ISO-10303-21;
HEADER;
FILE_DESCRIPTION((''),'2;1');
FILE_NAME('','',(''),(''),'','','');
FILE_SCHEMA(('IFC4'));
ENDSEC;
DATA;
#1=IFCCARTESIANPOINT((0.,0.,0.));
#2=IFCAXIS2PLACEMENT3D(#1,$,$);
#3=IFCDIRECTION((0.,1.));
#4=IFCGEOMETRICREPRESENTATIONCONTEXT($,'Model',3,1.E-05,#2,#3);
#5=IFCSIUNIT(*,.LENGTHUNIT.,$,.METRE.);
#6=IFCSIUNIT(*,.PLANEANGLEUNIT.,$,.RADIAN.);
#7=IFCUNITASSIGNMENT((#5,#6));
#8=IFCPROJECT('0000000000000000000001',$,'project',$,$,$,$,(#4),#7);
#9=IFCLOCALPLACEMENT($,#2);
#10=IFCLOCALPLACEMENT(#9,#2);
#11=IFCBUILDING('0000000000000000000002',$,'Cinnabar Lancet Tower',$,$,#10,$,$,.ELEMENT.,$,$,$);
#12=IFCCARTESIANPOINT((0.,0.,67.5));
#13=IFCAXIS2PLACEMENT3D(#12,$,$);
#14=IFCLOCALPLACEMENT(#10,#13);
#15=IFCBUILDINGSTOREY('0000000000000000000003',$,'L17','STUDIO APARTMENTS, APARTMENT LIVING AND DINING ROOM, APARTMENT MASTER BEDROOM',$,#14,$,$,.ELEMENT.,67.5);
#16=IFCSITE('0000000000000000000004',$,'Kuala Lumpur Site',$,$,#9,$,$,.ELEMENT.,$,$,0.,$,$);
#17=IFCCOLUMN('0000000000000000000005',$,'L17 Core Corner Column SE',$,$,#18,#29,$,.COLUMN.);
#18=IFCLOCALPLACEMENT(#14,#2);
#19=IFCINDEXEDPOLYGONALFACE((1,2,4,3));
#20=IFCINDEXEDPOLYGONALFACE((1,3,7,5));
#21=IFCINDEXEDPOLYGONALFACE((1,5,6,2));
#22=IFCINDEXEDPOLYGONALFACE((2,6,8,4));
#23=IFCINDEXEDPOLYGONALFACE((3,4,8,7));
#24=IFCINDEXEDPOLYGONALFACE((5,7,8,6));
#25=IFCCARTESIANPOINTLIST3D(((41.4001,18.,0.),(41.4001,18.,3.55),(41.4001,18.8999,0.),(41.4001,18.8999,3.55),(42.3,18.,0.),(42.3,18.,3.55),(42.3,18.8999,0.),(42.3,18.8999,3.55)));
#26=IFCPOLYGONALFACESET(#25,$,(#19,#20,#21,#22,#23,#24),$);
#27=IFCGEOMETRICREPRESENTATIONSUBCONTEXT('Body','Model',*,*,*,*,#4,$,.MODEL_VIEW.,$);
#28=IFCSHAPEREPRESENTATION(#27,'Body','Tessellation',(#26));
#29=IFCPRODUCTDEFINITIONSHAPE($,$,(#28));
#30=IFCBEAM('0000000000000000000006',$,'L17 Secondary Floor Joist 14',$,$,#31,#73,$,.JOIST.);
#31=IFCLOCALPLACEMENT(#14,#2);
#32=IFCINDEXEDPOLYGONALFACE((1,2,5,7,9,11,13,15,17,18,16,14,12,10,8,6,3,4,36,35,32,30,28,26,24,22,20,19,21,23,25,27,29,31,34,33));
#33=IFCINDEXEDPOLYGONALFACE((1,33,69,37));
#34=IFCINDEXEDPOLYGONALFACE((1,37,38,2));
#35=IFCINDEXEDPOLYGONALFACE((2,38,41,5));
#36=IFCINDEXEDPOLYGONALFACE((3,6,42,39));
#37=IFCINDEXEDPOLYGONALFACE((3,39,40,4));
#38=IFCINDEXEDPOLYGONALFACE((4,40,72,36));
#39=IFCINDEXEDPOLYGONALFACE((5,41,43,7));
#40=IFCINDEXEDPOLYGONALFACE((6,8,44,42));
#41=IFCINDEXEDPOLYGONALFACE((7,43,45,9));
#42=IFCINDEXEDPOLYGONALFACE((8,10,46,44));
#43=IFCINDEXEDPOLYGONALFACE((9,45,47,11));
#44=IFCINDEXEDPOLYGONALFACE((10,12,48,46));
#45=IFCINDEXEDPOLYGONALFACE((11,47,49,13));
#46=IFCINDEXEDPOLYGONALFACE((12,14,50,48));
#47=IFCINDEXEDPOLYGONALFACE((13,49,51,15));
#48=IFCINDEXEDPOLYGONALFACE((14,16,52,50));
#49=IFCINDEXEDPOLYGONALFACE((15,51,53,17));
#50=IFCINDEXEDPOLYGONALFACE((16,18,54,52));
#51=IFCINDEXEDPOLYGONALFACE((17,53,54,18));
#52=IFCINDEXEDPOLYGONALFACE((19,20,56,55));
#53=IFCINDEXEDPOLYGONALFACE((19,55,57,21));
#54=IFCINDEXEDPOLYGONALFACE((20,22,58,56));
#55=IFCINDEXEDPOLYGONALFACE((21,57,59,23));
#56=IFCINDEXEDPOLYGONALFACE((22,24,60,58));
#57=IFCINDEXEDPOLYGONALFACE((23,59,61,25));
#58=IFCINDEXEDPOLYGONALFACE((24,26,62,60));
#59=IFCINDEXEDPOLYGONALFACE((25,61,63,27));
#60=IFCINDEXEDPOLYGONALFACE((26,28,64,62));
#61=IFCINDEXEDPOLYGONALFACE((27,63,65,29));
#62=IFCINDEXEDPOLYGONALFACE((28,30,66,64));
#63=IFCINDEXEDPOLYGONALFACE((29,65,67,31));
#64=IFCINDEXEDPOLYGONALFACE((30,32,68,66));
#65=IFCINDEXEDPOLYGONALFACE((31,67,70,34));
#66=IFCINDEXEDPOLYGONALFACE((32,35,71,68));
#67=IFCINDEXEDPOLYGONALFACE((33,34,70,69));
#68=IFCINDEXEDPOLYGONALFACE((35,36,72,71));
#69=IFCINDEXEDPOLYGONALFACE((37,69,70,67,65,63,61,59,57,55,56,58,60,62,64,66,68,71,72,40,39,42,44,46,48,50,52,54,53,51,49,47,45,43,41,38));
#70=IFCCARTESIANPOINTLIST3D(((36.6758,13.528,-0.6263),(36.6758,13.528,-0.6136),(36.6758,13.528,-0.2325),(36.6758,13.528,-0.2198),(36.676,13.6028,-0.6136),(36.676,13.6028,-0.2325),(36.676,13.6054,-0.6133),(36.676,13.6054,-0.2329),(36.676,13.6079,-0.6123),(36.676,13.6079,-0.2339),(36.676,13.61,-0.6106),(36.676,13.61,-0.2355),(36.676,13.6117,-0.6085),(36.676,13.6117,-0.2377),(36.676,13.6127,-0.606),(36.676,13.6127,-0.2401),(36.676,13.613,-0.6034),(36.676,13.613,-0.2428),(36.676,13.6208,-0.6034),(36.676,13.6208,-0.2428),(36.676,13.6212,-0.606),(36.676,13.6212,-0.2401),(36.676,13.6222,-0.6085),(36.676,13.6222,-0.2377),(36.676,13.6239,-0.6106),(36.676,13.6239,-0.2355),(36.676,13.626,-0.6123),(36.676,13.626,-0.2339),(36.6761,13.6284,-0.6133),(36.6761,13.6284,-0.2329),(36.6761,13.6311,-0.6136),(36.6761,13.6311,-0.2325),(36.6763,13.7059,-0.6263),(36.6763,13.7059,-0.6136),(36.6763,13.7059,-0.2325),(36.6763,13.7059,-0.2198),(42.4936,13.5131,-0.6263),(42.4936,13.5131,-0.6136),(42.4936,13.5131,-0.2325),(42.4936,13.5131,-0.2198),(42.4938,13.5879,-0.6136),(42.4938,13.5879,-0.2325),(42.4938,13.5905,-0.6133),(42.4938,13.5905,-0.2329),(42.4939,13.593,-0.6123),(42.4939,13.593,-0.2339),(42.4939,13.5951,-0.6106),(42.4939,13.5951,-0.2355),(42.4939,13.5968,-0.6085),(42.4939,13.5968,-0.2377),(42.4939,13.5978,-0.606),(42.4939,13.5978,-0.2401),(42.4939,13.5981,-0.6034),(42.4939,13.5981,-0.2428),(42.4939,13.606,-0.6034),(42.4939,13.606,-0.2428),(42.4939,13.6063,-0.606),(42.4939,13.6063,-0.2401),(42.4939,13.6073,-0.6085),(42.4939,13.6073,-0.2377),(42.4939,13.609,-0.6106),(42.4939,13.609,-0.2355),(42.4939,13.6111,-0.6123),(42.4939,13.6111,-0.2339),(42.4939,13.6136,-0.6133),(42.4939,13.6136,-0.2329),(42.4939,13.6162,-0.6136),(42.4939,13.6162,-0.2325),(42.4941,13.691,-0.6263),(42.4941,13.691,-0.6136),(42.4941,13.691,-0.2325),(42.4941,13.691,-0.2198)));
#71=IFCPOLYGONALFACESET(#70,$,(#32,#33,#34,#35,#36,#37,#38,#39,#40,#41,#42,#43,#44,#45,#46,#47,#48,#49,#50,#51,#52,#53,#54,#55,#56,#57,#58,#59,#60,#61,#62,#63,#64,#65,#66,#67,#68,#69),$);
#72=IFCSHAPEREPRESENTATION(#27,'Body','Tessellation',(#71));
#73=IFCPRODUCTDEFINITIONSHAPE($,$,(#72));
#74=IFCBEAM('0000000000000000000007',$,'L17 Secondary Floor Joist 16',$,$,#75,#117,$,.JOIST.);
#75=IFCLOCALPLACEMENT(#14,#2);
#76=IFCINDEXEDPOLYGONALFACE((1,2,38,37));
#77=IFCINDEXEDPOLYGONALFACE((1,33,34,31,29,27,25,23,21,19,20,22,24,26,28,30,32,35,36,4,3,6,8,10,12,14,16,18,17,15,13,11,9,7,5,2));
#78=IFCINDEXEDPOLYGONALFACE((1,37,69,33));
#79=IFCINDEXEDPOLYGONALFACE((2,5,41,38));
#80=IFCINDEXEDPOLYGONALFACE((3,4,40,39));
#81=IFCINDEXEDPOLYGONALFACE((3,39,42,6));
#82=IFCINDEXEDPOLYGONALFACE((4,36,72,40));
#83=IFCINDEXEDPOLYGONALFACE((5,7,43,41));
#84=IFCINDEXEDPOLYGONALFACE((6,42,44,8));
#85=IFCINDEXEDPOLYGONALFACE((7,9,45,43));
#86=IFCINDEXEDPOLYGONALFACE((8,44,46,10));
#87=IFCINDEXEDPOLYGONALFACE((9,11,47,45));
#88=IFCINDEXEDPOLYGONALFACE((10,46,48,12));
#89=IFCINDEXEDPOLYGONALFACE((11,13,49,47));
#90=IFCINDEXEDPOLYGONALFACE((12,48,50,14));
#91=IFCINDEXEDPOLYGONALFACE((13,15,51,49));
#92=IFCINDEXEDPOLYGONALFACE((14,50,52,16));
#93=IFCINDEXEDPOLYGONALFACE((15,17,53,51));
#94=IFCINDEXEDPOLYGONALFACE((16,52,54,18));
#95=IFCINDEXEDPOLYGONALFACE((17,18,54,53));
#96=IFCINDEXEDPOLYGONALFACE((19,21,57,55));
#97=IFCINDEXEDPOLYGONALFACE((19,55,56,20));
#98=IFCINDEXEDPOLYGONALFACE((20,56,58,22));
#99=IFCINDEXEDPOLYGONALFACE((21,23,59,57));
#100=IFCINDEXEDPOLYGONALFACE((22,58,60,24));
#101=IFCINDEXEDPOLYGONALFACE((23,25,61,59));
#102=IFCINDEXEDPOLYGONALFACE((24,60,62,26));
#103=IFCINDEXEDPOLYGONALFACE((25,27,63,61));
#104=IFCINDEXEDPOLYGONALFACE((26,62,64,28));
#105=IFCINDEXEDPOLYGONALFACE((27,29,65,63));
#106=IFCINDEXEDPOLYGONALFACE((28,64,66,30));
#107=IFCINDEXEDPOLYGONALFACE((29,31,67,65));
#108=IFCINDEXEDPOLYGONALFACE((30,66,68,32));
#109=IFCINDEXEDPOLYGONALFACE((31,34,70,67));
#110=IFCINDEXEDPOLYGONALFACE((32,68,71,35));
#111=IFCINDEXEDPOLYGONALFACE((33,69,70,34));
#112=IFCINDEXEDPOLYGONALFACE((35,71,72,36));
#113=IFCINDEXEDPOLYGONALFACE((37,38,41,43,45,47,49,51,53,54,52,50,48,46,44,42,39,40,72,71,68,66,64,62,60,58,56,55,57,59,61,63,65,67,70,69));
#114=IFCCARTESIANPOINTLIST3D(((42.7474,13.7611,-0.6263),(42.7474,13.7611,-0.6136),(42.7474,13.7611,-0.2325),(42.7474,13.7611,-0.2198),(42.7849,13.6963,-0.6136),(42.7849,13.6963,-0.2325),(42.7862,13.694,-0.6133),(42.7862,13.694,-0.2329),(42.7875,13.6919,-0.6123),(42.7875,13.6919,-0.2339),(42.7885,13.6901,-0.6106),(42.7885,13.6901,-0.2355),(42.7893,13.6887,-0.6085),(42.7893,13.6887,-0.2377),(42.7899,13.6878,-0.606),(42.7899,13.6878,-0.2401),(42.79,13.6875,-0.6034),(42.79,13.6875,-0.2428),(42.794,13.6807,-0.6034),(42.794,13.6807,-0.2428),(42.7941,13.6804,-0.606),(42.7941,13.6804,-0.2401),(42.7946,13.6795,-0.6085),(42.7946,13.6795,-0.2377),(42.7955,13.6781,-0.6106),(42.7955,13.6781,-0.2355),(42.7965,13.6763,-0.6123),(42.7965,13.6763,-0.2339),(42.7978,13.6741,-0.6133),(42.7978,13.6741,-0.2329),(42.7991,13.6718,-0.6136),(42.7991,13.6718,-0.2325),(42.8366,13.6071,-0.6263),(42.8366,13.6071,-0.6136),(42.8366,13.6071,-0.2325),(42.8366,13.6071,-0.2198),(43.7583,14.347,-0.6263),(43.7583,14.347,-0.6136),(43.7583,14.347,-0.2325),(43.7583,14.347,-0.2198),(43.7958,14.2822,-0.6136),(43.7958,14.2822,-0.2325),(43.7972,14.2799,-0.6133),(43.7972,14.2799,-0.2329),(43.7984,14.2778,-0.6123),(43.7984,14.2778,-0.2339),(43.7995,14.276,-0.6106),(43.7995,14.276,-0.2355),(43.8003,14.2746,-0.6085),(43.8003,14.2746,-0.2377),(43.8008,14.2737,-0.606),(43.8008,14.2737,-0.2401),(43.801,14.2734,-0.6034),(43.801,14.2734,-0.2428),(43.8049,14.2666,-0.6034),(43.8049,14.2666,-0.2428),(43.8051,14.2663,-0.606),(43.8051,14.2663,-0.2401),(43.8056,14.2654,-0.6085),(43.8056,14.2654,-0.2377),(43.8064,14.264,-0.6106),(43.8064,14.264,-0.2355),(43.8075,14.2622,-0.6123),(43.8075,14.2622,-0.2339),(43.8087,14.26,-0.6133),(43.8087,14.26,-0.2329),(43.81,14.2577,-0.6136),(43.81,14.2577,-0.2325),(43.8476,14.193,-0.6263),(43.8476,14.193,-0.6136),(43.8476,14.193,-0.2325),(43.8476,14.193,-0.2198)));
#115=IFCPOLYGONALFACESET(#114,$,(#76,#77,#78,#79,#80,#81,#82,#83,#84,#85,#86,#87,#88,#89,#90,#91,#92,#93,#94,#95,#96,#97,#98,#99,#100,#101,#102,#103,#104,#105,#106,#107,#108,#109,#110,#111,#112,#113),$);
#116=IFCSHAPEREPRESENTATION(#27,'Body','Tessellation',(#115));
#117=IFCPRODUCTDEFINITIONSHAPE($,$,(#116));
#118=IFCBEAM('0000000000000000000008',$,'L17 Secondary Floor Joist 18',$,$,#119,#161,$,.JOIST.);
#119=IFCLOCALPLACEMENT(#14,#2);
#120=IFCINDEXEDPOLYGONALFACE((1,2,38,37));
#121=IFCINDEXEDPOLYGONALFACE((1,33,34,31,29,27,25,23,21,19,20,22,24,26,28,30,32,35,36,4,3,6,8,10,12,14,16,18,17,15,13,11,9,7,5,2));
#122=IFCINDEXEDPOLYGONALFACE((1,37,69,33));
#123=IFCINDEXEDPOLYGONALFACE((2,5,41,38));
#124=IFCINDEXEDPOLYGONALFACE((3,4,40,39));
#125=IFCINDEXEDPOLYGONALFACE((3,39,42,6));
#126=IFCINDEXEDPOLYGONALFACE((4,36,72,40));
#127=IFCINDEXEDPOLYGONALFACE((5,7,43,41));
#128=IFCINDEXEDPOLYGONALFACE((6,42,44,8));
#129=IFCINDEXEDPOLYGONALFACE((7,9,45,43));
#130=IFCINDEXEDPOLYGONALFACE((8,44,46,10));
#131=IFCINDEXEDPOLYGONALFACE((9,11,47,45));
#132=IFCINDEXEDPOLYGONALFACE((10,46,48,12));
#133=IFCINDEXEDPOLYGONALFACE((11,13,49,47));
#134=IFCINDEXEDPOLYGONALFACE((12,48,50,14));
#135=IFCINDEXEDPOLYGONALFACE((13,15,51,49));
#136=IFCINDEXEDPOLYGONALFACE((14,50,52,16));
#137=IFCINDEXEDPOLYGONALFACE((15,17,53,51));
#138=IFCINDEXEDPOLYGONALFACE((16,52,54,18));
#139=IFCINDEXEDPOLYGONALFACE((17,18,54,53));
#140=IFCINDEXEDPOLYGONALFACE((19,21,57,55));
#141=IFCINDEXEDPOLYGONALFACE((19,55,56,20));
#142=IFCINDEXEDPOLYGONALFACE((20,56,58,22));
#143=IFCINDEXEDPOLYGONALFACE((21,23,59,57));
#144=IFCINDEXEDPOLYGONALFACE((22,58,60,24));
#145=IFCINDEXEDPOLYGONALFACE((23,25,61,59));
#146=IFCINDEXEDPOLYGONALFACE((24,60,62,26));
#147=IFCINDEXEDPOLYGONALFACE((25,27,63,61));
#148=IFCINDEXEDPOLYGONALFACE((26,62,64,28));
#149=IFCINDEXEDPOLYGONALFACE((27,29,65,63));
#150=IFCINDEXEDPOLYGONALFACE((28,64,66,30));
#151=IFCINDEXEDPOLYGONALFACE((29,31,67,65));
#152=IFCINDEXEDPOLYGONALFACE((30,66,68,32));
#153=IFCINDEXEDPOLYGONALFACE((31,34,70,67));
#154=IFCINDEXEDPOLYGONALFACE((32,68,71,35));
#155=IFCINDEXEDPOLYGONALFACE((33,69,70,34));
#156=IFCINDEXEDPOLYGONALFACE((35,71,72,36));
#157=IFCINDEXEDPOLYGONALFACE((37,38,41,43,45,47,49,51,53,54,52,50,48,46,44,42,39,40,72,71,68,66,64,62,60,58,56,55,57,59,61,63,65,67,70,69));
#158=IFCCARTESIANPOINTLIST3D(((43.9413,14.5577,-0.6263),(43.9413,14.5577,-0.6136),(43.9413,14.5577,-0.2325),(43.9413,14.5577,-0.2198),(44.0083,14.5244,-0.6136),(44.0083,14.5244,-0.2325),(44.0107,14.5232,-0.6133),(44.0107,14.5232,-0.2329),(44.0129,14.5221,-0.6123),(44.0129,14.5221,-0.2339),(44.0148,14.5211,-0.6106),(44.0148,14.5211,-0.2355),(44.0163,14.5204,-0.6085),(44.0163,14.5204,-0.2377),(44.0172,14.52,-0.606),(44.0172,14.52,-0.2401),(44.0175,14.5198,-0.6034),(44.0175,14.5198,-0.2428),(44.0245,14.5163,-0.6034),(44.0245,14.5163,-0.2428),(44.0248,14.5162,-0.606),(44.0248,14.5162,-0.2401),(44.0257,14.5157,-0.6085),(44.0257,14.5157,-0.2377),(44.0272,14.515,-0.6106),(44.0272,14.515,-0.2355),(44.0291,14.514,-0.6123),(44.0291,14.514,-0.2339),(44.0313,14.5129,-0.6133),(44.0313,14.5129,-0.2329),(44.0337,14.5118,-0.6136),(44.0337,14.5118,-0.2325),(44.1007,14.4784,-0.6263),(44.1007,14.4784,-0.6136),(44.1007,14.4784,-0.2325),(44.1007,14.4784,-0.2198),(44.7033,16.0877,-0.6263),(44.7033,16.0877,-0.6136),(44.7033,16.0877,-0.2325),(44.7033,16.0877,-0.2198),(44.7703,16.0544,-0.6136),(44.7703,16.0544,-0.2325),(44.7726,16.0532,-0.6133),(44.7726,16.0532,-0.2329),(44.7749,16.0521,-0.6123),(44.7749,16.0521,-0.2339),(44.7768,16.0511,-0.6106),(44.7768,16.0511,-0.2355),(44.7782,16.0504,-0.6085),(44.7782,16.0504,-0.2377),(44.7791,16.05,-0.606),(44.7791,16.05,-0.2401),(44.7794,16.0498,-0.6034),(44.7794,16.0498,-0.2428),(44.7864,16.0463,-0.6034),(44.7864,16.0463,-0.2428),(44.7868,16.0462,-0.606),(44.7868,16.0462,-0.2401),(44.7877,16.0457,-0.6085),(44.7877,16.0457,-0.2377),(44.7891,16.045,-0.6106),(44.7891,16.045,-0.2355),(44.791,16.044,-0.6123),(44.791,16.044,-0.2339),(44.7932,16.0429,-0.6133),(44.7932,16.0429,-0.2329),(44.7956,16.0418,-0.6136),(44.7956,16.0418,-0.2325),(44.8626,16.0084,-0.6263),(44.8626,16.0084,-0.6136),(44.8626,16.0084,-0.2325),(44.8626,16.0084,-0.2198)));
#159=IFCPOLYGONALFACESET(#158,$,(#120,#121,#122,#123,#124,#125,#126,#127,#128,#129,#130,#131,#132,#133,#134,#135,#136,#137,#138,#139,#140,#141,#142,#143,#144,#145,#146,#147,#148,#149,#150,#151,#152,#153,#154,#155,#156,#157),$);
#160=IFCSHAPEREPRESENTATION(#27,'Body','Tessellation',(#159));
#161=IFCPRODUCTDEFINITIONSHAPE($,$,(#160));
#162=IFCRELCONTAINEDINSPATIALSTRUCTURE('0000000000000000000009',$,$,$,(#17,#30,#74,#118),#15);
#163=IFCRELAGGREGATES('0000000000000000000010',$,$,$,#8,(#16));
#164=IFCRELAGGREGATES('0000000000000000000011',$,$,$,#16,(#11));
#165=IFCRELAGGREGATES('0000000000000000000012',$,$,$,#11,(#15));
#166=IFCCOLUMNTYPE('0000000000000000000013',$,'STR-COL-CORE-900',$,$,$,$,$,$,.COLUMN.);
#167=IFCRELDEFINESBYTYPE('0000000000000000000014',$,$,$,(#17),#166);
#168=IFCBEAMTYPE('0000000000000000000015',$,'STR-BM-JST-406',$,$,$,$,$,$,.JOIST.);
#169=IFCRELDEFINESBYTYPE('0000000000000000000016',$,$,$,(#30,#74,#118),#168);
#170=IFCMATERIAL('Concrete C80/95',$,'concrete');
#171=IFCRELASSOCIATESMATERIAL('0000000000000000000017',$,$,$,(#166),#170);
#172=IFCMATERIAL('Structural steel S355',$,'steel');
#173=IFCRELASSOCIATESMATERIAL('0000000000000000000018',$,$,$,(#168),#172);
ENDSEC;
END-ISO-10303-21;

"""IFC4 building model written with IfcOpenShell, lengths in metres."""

from ifc_helpers import new_model, si_unit, direction, frame, origin, origin_2d, place, context, subcontext, project, spatial, rectangle, i_section, extrude, material, material_profile, profile_set, type_object, element, save


model = new_model("IFC4")

# Units and contexts
model_context = context("Model", 3, precision=1e-05, world=origin(), true_north=direction((0.0, 1.0)))
body_context = subcontext(model_context, "Body", "Model", "MODEL_VIEW")
ifc_project = project(units=[si_unit("LENGTHUNIT", "METRE"), si_unit("PLANEANGLEUNIT", "RADIAN")], contexts=[model_context])

# Site, building, storey
site_placement = place(None, origin())
site = spatial("IfcSite", under=ifc_project, at=site_placement, Name="Kuala Lumpur Site", CompositionType="ELEMENT", RefElevation=0.0)
building_placement = place(site_placement, origin())
building = spatial("IfcBuilding", under=site, at=building_placement, Name="Cinnabar Lancet Tower", CompositionType="ELEMENT")
storey_placement = place(building_placement, frame((0.0, 0.0, 67.5)))
storey = spatial("IfcBuildingStorey", under=building, at=storey_placement, Name="L17", Description="STUDIO APARTMENTS, APARTMENT LIVING AND DINING ROOM, APARTMENT MASTER BEDROOM", CompositionType="ELEMENT", Elevation=67.5)

# Column
ifc_material_1 = material(Name="Concrete C80/95", Category="concrete")
ifc_material_profile_1 = material_profile(ifc_material_1, rectangle(XDim=0.8999, YDim=0.8999, at=origin_2d()), Name="RC-COL 900x900")
ifc_profile_set_1 = profile_set([ifc_material_profile_1], Name="Concrete C80/95")
column_type = type_object("IfcColumnType", Name="STR-COL-CORE-900", PredefinedType="COLUMN", material=ifc_profile_set_1)
column_placement = place(storey_placement, frame((41.8501, 18.45, 0.0), z_axis=(0.0, 0.0, 1.0), x_axis=(1.0, 0.0, 0.0)))
element("IfcColumn", 1, at=column_placement, inside=storey, type_object=column_type, Name="L17 Core Corner Column SE", PredefinedType="COLUMN", context=body_context, shape_type="SweptSolid", body=[
    extrude(rectangle(XDim=0.8999, YDim=0.8999, at=origin_2d()), origin(), (0.0, 0.0, 1.0), 3.55),
])

# Beams
ifc_material_2 = material(Name="Structural steel S355", Category="steel")
ifc_material_profile_2 = material_profile(ifc_material_2, i_section(OverallWidth=0.178, OverallDepth=0.4065, WebThickness=0.0078, FlangeThickness=0.0127, FilletRadius=0.0103, at=origin_2d()), Name="UKB 406x178x60")
ifc_profile_set_2 = profile_set([ifc_material_profile_2], Name="Structural steel S355")
beam_type_1 = type_object("IfcBeamType", Name="STR-BM-JST-406", PredefinedType="JOIST", material=ifc_profile_set_2)
beam_1_placement = place(storey_placement, frame((36.676, 13.6169, -0.4231), z_axis=(0.999997, -0.00256, 0.0), x_axis=(0.00256, 0.999997, 0.0)))
element("IfcBeam", 2, at=beam_1_placement, inside=storey, type_object=beam_type_1, Name="L17 Secondary Floor Joist 14", PredefinedType="JOIST", context=body_context, shape_type="SweptSolid", body=[
    extrude(i_section(OverallWidth=0.178, OverallDepth=0.4065, WebThickness=0.0078, FlangeThickness=0.0127, FilletRadius=0.0103, at=origin_2d()), origin(), (0.0, 0.0, 1.0), 5.8179),
])
beam_2_placement = place(storey_placement, frame((42.792, 13.6841, -0.4231), z_axis=(0.865193, 0.50144, 0.0), x_axis=(-0.50144, 0.865193, 0.0)))
element("IfcBeam", 3, at=beam_2_placement, inside=storey, type_object=beam_type_1, Name="L17 Secondary Floor Joist 16", PredefinedType="JOIST", context=body_context, shape_type="SweptSolid", body=[
    extrude(i_section(OverallWidth=0.178, OverallDepth=0.4065, WebThickness=0.0078, FlangeThickness=0.0127, FilletRadius=0.0103, at=origin_2d()), origin(), (0.0, 0.0, 1.0), 1.1685),
])
beam_3_placement = place(storey_placement, frame((44.021, 14.5181, -0.4231), z_axis=(0.445785, 0.89514, 0.0), x_axis=(-0.89514, 0.445785, 0.0)))
element("IfcBeam", 4, at=beam_3_placement, inside=storey, type_object=beam_type_1, Name="L17 Secondary Floor Joist 18", PredefinedType="JOIST", context=body_context, shape_type="SweptSolid", body=[
    extrude(i_section(OverallWidth=0.178, OverallDepth=0.4065, WebThickness=0.0078, FlangeThickness=0.0127, FilletRadius=0.0103, at=origin_2d()), origin(), (0.0, 0.0, 1.0), 1.7092),
])

save(model, "model.ifc")
